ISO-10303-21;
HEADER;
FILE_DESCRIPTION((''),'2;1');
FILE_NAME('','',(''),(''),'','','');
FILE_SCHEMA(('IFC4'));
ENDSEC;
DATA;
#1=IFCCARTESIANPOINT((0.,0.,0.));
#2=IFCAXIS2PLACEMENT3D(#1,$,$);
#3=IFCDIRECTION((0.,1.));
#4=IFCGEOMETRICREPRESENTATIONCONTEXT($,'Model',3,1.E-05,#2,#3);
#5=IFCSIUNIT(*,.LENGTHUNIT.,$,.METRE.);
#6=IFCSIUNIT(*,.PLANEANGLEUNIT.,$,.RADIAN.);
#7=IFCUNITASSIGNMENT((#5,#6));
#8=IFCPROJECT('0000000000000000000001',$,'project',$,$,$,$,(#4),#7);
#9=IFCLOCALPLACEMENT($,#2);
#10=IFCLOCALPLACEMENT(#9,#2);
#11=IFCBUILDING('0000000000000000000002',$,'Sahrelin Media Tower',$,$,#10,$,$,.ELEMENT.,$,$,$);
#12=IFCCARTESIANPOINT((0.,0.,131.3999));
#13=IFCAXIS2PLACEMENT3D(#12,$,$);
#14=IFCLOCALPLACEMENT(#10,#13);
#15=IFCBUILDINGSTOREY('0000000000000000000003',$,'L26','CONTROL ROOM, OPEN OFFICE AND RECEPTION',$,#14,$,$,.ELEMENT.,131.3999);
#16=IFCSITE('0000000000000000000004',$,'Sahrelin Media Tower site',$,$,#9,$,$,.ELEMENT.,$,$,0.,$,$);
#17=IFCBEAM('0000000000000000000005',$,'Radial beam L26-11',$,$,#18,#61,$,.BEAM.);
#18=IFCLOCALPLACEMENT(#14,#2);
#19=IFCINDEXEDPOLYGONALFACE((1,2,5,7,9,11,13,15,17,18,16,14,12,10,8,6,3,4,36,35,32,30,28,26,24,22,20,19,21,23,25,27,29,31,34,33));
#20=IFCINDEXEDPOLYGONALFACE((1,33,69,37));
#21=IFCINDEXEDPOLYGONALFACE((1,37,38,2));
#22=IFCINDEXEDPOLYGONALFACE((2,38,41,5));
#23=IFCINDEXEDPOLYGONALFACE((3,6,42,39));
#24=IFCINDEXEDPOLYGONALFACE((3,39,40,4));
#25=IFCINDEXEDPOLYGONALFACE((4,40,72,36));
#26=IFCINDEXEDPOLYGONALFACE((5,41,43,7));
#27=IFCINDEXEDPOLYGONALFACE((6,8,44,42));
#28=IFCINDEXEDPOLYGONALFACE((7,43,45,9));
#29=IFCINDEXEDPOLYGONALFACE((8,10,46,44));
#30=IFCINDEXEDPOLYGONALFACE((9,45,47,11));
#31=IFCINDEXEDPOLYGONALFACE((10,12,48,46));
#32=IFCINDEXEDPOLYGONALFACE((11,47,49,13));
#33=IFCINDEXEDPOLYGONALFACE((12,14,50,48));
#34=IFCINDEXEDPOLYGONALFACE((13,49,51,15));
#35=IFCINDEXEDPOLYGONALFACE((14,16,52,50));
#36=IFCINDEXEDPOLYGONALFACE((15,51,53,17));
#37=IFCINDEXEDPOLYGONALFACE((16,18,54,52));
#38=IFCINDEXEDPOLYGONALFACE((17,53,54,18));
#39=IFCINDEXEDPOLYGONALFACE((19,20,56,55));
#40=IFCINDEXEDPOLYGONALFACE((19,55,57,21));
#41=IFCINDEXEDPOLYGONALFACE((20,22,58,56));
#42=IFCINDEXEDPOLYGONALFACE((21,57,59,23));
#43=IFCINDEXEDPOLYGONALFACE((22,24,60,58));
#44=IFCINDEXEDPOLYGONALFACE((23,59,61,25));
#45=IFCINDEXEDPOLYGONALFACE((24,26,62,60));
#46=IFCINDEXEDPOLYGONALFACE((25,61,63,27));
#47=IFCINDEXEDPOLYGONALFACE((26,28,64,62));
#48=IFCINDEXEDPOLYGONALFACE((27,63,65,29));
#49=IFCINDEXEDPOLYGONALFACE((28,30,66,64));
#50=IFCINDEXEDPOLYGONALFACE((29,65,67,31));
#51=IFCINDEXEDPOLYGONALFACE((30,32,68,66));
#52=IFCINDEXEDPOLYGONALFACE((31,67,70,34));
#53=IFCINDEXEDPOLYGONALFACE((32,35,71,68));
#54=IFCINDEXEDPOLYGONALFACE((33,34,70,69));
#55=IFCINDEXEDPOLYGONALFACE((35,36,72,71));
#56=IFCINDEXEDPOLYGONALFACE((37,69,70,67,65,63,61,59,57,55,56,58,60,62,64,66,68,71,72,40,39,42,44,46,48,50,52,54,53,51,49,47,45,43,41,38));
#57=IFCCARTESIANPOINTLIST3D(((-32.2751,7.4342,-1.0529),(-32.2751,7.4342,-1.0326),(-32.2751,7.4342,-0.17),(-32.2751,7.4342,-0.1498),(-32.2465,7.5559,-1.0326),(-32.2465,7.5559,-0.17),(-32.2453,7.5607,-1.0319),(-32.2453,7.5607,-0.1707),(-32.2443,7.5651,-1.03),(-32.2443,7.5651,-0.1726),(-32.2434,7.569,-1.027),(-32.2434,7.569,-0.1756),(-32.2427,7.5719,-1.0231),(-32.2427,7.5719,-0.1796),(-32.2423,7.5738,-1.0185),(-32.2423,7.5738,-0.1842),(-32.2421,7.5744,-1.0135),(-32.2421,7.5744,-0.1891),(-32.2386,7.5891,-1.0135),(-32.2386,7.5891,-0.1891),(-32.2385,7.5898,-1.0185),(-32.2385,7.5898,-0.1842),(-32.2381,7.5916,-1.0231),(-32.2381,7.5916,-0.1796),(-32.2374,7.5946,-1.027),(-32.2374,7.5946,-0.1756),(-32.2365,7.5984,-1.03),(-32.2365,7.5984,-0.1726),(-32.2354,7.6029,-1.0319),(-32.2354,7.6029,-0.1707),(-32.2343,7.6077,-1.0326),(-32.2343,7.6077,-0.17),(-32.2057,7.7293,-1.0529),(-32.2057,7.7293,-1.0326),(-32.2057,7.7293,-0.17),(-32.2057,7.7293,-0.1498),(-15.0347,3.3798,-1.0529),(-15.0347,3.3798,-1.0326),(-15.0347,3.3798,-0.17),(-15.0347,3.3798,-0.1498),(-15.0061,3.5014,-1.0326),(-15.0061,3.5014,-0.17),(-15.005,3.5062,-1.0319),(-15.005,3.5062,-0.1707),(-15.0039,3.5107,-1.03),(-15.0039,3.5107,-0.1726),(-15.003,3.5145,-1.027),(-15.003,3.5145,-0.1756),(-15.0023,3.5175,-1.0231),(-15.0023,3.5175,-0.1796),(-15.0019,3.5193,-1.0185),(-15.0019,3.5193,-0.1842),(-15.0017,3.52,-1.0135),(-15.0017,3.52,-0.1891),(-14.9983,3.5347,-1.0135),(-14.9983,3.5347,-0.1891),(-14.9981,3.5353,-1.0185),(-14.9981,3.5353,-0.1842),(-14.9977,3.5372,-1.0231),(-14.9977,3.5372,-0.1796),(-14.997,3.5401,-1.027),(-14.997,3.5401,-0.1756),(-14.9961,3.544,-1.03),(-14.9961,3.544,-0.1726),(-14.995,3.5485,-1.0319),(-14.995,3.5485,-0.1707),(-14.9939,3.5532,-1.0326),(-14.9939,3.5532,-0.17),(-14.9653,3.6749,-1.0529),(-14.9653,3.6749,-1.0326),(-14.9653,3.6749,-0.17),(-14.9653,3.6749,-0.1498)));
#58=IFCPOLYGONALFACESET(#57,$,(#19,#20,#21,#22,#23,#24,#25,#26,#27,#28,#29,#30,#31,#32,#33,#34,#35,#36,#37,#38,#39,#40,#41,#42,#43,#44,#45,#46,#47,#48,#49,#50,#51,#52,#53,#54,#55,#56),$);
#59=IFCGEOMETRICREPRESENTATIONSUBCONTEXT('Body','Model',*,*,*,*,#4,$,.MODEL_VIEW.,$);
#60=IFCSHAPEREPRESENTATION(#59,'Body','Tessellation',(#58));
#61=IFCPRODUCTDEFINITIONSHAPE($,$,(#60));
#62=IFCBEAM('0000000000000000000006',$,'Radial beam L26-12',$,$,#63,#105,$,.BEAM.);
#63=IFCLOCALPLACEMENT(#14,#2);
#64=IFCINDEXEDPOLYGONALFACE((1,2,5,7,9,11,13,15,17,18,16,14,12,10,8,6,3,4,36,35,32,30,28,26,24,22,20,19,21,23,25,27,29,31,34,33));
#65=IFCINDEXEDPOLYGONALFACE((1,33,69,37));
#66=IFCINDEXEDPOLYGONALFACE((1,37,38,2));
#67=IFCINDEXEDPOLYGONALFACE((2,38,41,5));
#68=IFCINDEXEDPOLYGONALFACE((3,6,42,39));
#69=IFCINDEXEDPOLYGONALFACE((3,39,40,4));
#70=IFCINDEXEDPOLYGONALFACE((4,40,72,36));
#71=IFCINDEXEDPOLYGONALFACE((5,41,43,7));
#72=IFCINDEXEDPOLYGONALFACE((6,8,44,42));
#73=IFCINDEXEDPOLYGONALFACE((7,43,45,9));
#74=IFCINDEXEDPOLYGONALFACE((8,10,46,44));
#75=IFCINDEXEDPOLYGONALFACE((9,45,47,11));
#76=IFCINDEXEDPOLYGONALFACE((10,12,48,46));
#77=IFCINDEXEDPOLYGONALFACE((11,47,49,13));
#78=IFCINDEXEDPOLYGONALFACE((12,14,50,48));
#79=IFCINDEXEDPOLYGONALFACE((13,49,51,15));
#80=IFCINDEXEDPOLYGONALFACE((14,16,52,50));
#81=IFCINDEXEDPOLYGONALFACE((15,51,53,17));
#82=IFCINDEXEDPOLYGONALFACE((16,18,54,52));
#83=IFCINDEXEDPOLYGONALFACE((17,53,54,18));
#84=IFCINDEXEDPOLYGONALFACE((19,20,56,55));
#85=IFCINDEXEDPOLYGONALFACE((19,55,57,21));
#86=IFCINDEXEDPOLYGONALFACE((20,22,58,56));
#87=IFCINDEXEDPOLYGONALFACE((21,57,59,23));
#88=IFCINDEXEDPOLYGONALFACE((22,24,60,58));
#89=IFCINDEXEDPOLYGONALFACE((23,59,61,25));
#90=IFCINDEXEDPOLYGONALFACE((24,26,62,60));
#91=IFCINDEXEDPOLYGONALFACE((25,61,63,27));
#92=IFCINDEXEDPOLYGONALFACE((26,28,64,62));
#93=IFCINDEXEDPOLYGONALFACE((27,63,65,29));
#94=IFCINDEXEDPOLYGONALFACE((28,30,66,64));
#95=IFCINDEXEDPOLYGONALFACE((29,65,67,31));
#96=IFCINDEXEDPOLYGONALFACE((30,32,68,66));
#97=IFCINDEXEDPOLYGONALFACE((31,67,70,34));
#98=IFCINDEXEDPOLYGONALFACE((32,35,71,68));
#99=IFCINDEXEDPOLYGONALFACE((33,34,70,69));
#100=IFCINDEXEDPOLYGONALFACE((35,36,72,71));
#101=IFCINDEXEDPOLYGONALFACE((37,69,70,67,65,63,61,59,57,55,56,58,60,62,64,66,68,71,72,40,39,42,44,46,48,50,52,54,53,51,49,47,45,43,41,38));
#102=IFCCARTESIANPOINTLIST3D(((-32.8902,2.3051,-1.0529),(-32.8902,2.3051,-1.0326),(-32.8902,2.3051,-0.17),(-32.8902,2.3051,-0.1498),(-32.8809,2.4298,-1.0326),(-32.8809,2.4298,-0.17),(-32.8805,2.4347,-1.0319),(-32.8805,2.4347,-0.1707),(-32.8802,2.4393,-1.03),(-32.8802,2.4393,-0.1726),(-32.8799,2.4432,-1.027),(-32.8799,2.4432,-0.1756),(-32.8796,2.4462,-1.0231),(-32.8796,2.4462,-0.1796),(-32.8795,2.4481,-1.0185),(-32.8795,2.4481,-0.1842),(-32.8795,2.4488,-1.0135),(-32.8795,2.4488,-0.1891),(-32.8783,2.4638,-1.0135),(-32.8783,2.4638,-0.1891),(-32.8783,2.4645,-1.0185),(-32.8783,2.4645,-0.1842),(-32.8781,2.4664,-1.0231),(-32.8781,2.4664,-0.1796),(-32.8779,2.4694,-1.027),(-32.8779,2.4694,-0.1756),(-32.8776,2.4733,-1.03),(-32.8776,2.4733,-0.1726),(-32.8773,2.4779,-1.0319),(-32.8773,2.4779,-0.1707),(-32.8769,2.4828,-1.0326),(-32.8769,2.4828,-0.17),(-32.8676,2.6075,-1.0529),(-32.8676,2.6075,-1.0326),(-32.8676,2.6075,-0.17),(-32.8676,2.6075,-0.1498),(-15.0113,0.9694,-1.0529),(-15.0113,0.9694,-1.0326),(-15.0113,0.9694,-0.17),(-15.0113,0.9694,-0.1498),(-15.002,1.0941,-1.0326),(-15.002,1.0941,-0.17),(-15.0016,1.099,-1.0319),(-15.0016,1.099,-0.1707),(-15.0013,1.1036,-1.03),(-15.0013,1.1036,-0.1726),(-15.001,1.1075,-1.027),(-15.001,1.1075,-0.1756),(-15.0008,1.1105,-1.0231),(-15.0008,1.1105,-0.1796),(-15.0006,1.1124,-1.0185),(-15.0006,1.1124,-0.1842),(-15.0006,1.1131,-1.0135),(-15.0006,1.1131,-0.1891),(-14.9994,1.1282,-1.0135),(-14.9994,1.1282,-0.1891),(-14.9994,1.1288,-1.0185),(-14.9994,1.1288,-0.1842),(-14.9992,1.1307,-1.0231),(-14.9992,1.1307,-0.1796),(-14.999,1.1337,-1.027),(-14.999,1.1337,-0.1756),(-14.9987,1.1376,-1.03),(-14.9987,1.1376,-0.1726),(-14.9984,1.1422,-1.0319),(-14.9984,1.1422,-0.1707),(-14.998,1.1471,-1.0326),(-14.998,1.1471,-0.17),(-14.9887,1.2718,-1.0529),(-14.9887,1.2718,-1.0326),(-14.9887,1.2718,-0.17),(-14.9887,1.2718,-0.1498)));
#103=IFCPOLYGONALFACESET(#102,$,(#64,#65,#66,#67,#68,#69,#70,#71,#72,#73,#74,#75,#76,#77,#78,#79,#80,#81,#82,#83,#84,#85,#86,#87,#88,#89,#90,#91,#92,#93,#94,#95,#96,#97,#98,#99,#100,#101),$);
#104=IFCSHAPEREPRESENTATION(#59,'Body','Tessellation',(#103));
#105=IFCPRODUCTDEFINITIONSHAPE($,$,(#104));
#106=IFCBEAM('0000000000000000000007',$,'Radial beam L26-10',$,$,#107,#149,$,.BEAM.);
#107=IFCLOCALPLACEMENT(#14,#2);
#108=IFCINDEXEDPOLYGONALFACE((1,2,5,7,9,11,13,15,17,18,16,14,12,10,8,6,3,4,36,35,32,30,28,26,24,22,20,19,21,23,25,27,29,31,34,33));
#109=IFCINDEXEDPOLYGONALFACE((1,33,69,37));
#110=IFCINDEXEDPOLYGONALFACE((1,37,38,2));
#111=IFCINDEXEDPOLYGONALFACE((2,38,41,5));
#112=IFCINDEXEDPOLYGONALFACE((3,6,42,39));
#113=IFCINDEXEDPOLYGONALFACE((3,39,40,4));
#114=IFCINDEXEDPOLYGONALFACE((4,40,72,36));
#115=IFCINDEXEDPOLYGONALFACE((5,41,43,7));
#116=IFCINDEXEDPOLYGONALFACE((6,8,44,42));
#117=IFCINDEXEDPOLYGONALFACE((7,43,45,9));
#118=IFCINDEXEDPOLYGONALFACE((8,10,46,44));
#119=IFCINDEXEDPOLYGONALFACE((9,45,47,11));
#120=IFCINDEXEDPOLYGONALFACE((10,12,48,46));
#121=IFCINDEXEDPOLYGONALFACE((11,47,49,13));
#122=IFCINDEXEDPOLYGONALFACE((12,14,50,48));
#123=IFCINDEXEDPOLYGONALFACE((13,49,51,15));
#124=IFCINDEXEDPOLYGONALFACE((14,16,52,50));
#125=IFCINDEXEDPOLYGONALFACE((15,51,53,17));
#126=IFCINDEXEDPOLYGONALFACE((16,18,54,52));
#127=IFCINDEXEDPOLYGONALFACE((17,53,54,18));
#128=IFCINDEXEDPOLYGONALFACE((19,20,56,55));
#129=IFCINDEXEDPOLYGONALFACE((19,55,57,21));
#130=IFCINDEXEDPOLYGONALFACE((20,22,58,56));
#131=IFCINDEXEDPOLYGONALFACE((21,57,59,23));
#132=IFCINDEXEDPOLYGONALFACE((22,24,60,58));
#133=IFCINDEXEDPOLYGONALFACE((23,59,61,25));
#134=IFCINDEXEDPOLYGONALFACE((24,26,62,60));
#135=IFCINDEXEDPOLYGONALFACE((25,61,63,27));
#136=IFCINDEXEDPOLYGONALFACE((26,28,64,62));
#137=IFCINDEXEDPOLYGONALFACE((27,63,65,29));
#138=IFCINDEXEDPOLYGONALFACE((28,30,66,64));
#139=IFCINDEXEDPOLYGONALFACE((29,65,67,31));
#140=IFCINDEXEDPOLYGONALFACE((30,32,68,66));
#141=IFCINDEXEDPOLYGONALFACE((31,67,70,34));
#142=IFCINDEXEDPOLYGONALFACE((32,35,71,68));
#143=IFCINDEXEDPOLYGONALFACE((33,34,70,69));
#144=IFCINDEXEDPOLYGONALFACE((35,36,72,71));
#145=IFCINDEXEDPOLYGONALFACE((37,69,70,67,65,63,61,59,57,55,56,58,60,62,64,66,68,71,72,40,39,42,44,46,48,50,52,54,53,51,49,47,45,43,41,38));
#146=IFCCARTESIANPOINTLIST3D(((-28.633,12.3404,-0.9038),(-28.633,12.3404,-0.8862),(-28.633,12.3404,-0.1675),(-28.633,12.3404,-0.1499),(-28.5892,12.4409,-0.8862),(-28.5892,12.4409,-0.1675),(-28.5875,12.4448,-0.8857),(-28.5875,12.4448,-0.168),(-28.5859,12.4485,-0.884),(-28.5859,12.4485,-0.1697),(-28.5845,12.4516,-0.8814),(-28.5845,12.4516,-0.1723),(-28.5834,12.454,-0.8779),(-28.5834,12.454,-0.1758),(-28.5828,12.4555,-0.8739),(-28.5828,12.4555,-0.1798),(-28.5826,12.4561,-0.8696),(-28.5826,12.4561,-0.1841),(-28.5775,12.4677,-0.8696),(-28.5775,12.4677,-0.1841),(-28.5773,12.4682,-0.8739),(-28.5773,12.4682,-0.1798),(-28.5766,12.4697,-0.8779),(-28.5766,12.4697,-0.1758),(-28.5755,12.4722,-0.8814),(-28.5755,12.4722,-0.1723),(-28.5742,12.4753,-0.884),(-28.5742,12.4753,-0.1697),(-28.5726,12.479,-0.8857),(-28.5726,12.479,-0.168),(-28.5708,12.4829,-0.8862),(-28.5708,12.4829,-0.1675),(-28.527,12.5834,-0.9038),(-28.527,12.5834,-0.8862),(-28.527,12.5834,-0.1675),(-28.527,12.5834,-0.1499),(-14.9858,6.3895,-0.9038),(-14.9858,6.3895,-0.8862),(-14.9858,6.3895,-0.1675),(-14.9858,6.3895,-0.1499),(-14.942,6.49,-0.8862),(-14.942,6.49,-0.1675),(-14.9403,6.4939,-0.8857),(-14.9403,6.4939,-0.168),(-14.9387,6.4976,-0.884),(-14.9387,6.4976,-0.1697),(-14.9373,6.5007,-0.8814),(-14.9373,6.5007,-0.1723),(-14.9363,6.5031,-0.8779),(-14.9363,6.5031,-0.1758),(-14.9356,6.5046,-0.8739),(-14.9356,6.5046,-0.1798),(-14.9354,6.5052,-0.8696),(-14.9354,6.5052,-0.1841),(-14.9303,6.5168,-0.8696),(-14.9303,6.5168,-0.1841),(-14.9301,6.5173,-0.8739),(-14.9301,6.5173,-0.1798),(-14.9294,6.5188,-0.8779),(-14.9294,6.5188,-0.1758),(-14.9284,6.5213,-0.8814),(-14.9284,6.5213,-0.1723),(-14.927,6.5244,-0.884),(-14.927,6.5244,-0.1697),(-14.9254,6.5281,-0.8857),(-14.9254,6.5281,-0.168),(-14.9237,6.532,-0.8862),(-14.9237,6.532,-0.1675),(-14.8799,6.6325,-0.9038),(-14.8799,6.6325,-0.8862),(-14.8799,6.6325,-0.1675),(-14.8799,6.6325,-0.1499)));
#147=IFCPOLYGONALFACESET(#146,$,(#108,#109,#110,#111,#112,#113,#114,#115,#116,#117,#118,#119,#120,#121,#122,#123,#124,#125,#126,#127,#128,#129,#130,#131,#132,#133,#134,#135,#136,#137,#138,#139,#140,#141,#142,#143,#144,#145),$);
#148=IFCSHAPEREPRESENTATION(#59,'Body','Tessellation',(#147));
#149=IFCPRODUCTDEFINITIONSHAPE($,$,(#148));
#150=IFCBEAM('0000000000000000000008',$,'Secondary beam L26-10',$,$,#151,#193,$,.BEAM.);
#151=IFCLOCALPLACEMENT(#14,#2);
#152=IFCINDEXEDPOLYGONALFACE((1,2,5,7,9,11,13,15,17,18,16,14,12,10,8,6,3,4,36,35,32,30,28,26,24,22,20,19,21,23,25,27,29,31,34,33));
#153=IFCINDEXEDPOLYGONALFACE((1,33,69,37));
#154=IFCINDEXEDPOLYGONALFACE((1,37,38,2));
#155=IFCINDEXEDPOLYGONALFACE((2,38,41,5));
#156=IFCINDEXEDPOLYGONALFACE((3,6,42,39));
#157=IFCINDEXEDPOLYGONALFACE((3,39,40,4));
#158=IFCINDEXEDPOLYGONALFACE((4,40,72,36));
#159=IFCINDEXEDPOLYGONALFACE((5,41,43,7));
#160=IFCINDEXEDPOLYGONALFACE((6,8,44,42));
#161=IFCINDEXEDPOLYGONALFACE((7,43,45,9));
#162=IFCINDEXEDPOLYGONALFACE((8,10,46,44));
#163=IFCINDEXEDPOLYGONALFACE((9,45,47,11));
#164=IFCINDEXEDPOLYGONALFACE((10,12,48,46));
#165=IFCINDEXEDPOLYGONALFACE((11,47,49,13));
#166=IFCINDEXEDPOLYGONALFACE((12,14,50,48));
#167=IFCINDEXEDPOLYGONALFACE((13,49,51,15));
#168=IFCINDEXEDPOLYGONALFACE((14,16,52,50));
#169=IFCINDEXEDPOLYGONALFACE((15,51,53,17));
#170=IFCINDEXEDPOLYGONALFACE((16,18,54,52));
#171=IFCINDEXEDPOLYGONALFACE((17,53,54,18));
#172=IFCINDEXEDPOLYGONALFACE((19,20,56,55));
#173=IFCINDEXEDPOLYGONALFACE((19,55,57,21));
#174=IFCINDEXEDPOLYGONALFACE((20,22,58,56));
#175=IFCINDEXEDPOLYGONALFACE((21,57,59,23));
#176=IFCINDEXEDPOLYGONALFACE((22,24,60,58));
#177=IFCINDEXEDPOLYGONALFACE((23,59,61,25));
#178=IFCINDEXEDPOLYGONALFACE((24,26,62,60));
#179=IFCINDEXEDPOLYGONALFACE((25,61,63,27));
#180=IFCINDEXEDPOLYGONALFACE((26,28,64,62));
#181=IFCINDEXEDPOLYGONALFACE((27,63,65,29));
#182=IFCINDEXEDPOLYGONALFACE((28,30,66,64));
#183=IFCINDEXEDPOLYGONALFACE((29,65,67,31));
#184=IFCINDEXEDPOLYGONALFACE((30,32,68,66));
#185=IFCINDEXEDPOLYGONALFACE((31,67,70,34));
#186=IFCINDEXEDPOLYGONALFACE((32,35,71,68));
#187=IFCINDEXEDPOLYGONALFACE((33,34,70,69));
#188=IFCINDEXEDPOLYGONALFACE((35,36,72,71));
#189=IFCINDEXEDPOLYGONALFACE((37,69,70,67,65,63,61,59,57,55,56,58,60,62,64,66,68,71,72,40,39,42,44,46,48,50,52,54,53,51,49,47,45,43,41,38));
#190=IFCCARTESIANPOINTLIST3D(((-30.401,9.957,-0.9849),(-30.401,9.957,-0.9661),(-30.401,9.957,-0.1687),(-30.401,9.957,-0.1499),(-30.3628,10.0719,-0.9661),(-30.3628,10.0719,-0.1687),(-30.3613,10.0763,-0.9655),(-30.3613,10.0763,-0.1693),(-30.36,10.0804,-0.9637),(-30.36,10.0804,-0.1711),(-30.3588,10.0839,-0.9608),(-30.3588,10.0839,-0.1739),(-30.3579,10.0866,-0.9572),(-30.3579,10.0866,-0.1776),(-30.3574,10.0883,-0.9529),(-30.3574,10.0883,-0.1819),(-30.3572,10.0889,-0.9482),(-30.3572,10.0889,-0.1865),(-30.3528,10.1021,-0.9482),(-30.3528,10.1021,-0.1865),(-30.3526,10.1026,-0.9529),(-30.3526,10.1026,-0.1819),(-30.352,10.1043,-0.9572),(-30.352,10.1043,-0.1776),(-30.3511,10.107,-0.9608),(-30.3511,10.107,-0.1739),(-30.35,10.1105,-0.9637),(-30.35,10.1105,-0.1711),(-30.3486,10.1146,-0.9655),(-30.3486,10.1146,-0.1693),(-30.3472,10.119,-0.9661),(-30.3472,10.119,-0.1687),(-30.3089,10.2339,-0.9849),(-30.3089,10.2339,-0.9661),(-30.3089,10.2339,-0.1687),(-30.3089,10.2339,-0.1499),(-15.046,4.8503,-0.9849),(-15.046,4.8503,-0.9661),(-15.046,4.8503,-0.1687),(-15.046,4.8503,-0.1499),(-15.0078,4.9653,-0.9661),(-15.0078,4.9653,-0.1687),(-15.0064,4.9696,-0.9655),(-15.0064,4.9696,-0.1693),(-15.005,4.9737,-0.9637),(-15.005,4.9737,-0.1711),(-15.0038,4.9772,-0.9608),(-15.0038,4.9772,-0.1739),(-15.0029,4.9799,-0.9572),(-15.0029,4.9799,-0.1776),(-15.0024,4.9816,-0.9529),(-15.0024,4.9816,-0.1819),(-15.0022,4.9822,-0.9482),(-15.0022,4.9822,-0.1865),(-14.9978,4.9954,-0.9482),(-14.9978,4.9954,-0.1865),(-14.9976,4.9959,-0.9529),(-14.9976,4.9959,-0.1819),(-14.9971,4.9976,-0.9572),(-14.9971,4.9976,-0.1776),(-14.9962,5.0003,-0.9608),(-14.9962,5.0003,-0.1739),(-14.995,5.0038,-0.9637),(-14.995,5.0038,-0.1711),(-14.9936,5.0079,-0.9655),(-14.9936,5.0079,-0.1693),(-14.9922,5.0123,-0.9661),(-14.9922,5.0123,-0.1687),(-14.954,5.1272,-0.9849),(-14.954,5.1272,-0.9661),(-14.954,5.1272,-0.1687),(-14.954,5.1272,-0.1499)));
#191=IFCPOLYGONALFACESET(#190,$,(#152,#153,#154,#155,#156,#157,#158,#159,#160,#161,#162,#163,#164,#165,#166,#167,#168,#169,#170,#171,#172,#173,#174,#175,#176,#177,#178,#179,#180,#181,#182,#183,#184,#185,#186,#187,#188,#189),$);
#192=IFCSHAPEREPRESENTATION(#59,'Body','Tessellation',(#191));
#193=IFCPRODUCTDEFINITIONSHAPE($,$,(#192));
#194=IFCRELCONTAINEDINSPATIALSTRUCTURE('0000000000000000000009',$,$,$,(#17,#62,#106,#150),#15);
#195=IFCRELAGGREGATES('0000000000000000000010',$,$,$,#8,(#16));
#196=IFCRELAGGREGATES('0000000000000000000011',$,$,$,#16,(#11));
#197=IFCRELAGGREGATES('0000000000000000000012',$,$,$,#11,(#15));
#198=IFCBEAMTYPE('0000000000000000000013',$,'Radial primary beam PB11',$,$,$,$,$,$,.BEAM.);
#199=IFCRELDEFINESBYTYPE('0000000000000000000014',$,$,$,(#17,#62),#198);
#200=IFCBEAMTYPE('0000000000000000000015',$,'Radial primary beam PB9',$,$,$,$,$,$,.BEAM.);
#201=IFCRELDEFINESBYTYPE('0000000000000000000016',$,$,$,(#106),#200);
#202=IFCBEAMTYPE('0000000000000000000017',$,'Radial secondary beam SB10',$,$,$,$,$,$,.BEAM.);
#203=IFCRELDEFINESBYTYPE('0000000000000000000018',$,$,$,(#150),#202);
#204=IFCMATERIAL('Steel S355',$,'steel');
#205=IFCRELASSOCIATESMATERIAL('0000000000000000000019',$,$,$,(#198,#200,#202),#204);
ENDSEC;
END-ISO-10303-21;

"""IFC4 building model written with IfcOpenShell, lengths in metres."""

from ifc_helpers import new_model, si_unit, direction, frame, origin, origin_2d, place, context, subcontext, project, spatial, i_section, extrude, material, material_profile, profile_set, type_object, element, save


model = new_model("IFC4")

# Units and contexts
model_context = context("Model", 3, precision=1e-05, world=origin(), true_north=direction((0.0, 1.0)))
body_context = subcontext(model_context, "Body", "Model", "MODEL_VIEW")
ifc_project = project(units=[si_unit("LENGTHUNIT", "METRE"), si_unit("PLANEANGLEUNIT", "RADIAN")], contexts=[model_context])

# Site, building, storey
site_placement = place(None, origin())
site = spatial("IfcSite", under=ifc_project, at=site_placement, Name="Sahrelin Media Tower site", CompositionType="ELEMENT", RefElevation=0.0)
building_placement = place(site_placement, origin())
building = spatial("IfcBuilding", under=site, at=building_placement, Name="Sahrelin Media Tower", CompositionType="ELEMENT")
storey_placement = place(building_placement, frame((0.0, 0.0, 131.3999)))
storey = spatial("IfcBuildingStorey", under=building, at=storey_placement, Name="L26", Description="CONTROL ROOM, OPEN OFFICE AND RECEPTION", CompositionType="ELEMENT", Elevation=131.3999)

# Beams
ifc_material_1 = material(Name="Steel S355", Category="steel")
ifc_material_profile_1 = material_profile(ifc_material_1, i_section(OverallWidth=0.3032, OverallDepth=0.9031, WebThickness=0.0151, FlangeThickness=0.0203, FilletRadius=0.019, at=origin_2d()), Name="UB 914x305x201")
ifc_profile_set_1 = profile_set([ifc_material_profile_1], Name="Steel S355")
beam_type_1 = type_object("IfcBeamType", Name="Radial primary beam PB11", PredefinedType="BEAM", material=ifc_profile_set_1)
beam_1_placement = place(storey_placement, frame((-15.0, 3.5273, -0.6013), z_axis=(-0.973444, 0.228925, 0.0), x_axis=(-0.228925, -0.973444, 0.0)))
element("IfcBeam", 1, at=beam_1_placement, inside=storey, type_object=beam_type_1, Name="Radial beam L26-11", PredefinedType="BEAM", context=body_context, shape_type="SweptSolid", body=[
    extrude(i_section(OverallWidth=0.3032, OverallDepth=0.9031, WebThickness=0.0151, FlangeThickness=0.0203, FilletRadius=0.019, at=origin_2d()), origin(), (0.0, 0.0, 1.0), 17.7107),
])
beam_2_placement = place(storey_placement, frame((-15.0, 1.1206, -0.6013), z_axis=(-0.997221, 0.0745, 0.0), x_axis=(-0.0745, -0.997221, 0.0)))
element("IfcBeam", 2, at=beam_2_placement, inside=storey, type_object=beam_type_1, Name="Radial beam L26-12", PredefinedType="BEAM", context=body_context, shape_type="SweptSolid", body=[
    extrude(i_section(OverallWidth=0.3032, OverallDepth=0.9031, WebThickness=0.0151, FlangeThickness=0.0203, FilletRadius=0.019, at=origin_2d()), origin(), (0.0, 0.0, 1.0), 17.9287),
])
ifc_material_profile_2 = material_profile(ifc_material_1, i_section(OverallWidth=0.2651, OverallDepth=0.7539, WebThickness=0.0127, FlangeThickness=0.0176, FilletRadius=0.0166, at=origin_2d()), Name="UB 762x267x147")
ifc_profile_set_2 = profile_set([ifc_material_profile_2], Name="Steel S355")
beam_type_2 = type_object("IfcBeamType", Name="Radial primary beam PB9", PredefinedType="BEAM", material=ifc_profile_set_2)
beam_3_placement = place(storey_placement, frame((-14.9329, 6.511, -0.5269), z_axis=(-0.916643, 0.399706, 0.0), x_axis=(-0.399706, -0.916643, 0.0)))
element("IfcBeam", 3, at=beam_3_placement, inside=storey, type_object=beam_type_2, Name="Radial beam L26-10", PredefinedType="BEAM", context=body_context, shape_type="SweptSolid", body=[
    extrude(i_section(OverallWidth=0.2651, OverallDepth=0.7539, WebThickness=0.0127, FlangeThickness=0.0176, FilletRadius=0.0166, at=origin_2d()), origin(), (0.0, 0.0, 1.0), 14.8882),
])
ifc_material_profile_3 = material_profile(ifc_material_1, i_section(OverallWidth=0.2917, OverallDepth=0.835, WebThickness=0.0139, FlangeThickness=0.0188, FilletRadius=0.0178, at=origin_2d()), Name="UB 838x292x176")
ifc_profile_set_3 = profile_set([ifc_material_profile_3], Name="Steel S355")
beam_type_3 = type_object("IfcBeamType", Name="Radial secondary beam SB10", PredefinedType="BEAM", material=ifc_profile_set_3)
beam_4_placement = place(storey_placement, frame((-15.0, 4.9888, -0.5674), z_axis=(-0.948899, 0.31558, 0.0), x_axis=(-0.31558, -0.948899, 0.0)))
element("IfcBeam", 4, at=beam_4_placement, inside=storey, type_object=beam_type_3, Name="Secondary beam L26-10", PredefinedType="BEAM", context=body_context, shape_type="SweptSolid", body=[
    extrude(i_section(OverallWidth=0.2917, OverallDepth=0.835, WebThickness=0.0139, FlangeThickness=0.0188, FilletRadius=0.0178, at=origin_2d()), origin(), (0.0, 0.0, 1.0), 16.1819),
])

save(model, "model.ifc")
